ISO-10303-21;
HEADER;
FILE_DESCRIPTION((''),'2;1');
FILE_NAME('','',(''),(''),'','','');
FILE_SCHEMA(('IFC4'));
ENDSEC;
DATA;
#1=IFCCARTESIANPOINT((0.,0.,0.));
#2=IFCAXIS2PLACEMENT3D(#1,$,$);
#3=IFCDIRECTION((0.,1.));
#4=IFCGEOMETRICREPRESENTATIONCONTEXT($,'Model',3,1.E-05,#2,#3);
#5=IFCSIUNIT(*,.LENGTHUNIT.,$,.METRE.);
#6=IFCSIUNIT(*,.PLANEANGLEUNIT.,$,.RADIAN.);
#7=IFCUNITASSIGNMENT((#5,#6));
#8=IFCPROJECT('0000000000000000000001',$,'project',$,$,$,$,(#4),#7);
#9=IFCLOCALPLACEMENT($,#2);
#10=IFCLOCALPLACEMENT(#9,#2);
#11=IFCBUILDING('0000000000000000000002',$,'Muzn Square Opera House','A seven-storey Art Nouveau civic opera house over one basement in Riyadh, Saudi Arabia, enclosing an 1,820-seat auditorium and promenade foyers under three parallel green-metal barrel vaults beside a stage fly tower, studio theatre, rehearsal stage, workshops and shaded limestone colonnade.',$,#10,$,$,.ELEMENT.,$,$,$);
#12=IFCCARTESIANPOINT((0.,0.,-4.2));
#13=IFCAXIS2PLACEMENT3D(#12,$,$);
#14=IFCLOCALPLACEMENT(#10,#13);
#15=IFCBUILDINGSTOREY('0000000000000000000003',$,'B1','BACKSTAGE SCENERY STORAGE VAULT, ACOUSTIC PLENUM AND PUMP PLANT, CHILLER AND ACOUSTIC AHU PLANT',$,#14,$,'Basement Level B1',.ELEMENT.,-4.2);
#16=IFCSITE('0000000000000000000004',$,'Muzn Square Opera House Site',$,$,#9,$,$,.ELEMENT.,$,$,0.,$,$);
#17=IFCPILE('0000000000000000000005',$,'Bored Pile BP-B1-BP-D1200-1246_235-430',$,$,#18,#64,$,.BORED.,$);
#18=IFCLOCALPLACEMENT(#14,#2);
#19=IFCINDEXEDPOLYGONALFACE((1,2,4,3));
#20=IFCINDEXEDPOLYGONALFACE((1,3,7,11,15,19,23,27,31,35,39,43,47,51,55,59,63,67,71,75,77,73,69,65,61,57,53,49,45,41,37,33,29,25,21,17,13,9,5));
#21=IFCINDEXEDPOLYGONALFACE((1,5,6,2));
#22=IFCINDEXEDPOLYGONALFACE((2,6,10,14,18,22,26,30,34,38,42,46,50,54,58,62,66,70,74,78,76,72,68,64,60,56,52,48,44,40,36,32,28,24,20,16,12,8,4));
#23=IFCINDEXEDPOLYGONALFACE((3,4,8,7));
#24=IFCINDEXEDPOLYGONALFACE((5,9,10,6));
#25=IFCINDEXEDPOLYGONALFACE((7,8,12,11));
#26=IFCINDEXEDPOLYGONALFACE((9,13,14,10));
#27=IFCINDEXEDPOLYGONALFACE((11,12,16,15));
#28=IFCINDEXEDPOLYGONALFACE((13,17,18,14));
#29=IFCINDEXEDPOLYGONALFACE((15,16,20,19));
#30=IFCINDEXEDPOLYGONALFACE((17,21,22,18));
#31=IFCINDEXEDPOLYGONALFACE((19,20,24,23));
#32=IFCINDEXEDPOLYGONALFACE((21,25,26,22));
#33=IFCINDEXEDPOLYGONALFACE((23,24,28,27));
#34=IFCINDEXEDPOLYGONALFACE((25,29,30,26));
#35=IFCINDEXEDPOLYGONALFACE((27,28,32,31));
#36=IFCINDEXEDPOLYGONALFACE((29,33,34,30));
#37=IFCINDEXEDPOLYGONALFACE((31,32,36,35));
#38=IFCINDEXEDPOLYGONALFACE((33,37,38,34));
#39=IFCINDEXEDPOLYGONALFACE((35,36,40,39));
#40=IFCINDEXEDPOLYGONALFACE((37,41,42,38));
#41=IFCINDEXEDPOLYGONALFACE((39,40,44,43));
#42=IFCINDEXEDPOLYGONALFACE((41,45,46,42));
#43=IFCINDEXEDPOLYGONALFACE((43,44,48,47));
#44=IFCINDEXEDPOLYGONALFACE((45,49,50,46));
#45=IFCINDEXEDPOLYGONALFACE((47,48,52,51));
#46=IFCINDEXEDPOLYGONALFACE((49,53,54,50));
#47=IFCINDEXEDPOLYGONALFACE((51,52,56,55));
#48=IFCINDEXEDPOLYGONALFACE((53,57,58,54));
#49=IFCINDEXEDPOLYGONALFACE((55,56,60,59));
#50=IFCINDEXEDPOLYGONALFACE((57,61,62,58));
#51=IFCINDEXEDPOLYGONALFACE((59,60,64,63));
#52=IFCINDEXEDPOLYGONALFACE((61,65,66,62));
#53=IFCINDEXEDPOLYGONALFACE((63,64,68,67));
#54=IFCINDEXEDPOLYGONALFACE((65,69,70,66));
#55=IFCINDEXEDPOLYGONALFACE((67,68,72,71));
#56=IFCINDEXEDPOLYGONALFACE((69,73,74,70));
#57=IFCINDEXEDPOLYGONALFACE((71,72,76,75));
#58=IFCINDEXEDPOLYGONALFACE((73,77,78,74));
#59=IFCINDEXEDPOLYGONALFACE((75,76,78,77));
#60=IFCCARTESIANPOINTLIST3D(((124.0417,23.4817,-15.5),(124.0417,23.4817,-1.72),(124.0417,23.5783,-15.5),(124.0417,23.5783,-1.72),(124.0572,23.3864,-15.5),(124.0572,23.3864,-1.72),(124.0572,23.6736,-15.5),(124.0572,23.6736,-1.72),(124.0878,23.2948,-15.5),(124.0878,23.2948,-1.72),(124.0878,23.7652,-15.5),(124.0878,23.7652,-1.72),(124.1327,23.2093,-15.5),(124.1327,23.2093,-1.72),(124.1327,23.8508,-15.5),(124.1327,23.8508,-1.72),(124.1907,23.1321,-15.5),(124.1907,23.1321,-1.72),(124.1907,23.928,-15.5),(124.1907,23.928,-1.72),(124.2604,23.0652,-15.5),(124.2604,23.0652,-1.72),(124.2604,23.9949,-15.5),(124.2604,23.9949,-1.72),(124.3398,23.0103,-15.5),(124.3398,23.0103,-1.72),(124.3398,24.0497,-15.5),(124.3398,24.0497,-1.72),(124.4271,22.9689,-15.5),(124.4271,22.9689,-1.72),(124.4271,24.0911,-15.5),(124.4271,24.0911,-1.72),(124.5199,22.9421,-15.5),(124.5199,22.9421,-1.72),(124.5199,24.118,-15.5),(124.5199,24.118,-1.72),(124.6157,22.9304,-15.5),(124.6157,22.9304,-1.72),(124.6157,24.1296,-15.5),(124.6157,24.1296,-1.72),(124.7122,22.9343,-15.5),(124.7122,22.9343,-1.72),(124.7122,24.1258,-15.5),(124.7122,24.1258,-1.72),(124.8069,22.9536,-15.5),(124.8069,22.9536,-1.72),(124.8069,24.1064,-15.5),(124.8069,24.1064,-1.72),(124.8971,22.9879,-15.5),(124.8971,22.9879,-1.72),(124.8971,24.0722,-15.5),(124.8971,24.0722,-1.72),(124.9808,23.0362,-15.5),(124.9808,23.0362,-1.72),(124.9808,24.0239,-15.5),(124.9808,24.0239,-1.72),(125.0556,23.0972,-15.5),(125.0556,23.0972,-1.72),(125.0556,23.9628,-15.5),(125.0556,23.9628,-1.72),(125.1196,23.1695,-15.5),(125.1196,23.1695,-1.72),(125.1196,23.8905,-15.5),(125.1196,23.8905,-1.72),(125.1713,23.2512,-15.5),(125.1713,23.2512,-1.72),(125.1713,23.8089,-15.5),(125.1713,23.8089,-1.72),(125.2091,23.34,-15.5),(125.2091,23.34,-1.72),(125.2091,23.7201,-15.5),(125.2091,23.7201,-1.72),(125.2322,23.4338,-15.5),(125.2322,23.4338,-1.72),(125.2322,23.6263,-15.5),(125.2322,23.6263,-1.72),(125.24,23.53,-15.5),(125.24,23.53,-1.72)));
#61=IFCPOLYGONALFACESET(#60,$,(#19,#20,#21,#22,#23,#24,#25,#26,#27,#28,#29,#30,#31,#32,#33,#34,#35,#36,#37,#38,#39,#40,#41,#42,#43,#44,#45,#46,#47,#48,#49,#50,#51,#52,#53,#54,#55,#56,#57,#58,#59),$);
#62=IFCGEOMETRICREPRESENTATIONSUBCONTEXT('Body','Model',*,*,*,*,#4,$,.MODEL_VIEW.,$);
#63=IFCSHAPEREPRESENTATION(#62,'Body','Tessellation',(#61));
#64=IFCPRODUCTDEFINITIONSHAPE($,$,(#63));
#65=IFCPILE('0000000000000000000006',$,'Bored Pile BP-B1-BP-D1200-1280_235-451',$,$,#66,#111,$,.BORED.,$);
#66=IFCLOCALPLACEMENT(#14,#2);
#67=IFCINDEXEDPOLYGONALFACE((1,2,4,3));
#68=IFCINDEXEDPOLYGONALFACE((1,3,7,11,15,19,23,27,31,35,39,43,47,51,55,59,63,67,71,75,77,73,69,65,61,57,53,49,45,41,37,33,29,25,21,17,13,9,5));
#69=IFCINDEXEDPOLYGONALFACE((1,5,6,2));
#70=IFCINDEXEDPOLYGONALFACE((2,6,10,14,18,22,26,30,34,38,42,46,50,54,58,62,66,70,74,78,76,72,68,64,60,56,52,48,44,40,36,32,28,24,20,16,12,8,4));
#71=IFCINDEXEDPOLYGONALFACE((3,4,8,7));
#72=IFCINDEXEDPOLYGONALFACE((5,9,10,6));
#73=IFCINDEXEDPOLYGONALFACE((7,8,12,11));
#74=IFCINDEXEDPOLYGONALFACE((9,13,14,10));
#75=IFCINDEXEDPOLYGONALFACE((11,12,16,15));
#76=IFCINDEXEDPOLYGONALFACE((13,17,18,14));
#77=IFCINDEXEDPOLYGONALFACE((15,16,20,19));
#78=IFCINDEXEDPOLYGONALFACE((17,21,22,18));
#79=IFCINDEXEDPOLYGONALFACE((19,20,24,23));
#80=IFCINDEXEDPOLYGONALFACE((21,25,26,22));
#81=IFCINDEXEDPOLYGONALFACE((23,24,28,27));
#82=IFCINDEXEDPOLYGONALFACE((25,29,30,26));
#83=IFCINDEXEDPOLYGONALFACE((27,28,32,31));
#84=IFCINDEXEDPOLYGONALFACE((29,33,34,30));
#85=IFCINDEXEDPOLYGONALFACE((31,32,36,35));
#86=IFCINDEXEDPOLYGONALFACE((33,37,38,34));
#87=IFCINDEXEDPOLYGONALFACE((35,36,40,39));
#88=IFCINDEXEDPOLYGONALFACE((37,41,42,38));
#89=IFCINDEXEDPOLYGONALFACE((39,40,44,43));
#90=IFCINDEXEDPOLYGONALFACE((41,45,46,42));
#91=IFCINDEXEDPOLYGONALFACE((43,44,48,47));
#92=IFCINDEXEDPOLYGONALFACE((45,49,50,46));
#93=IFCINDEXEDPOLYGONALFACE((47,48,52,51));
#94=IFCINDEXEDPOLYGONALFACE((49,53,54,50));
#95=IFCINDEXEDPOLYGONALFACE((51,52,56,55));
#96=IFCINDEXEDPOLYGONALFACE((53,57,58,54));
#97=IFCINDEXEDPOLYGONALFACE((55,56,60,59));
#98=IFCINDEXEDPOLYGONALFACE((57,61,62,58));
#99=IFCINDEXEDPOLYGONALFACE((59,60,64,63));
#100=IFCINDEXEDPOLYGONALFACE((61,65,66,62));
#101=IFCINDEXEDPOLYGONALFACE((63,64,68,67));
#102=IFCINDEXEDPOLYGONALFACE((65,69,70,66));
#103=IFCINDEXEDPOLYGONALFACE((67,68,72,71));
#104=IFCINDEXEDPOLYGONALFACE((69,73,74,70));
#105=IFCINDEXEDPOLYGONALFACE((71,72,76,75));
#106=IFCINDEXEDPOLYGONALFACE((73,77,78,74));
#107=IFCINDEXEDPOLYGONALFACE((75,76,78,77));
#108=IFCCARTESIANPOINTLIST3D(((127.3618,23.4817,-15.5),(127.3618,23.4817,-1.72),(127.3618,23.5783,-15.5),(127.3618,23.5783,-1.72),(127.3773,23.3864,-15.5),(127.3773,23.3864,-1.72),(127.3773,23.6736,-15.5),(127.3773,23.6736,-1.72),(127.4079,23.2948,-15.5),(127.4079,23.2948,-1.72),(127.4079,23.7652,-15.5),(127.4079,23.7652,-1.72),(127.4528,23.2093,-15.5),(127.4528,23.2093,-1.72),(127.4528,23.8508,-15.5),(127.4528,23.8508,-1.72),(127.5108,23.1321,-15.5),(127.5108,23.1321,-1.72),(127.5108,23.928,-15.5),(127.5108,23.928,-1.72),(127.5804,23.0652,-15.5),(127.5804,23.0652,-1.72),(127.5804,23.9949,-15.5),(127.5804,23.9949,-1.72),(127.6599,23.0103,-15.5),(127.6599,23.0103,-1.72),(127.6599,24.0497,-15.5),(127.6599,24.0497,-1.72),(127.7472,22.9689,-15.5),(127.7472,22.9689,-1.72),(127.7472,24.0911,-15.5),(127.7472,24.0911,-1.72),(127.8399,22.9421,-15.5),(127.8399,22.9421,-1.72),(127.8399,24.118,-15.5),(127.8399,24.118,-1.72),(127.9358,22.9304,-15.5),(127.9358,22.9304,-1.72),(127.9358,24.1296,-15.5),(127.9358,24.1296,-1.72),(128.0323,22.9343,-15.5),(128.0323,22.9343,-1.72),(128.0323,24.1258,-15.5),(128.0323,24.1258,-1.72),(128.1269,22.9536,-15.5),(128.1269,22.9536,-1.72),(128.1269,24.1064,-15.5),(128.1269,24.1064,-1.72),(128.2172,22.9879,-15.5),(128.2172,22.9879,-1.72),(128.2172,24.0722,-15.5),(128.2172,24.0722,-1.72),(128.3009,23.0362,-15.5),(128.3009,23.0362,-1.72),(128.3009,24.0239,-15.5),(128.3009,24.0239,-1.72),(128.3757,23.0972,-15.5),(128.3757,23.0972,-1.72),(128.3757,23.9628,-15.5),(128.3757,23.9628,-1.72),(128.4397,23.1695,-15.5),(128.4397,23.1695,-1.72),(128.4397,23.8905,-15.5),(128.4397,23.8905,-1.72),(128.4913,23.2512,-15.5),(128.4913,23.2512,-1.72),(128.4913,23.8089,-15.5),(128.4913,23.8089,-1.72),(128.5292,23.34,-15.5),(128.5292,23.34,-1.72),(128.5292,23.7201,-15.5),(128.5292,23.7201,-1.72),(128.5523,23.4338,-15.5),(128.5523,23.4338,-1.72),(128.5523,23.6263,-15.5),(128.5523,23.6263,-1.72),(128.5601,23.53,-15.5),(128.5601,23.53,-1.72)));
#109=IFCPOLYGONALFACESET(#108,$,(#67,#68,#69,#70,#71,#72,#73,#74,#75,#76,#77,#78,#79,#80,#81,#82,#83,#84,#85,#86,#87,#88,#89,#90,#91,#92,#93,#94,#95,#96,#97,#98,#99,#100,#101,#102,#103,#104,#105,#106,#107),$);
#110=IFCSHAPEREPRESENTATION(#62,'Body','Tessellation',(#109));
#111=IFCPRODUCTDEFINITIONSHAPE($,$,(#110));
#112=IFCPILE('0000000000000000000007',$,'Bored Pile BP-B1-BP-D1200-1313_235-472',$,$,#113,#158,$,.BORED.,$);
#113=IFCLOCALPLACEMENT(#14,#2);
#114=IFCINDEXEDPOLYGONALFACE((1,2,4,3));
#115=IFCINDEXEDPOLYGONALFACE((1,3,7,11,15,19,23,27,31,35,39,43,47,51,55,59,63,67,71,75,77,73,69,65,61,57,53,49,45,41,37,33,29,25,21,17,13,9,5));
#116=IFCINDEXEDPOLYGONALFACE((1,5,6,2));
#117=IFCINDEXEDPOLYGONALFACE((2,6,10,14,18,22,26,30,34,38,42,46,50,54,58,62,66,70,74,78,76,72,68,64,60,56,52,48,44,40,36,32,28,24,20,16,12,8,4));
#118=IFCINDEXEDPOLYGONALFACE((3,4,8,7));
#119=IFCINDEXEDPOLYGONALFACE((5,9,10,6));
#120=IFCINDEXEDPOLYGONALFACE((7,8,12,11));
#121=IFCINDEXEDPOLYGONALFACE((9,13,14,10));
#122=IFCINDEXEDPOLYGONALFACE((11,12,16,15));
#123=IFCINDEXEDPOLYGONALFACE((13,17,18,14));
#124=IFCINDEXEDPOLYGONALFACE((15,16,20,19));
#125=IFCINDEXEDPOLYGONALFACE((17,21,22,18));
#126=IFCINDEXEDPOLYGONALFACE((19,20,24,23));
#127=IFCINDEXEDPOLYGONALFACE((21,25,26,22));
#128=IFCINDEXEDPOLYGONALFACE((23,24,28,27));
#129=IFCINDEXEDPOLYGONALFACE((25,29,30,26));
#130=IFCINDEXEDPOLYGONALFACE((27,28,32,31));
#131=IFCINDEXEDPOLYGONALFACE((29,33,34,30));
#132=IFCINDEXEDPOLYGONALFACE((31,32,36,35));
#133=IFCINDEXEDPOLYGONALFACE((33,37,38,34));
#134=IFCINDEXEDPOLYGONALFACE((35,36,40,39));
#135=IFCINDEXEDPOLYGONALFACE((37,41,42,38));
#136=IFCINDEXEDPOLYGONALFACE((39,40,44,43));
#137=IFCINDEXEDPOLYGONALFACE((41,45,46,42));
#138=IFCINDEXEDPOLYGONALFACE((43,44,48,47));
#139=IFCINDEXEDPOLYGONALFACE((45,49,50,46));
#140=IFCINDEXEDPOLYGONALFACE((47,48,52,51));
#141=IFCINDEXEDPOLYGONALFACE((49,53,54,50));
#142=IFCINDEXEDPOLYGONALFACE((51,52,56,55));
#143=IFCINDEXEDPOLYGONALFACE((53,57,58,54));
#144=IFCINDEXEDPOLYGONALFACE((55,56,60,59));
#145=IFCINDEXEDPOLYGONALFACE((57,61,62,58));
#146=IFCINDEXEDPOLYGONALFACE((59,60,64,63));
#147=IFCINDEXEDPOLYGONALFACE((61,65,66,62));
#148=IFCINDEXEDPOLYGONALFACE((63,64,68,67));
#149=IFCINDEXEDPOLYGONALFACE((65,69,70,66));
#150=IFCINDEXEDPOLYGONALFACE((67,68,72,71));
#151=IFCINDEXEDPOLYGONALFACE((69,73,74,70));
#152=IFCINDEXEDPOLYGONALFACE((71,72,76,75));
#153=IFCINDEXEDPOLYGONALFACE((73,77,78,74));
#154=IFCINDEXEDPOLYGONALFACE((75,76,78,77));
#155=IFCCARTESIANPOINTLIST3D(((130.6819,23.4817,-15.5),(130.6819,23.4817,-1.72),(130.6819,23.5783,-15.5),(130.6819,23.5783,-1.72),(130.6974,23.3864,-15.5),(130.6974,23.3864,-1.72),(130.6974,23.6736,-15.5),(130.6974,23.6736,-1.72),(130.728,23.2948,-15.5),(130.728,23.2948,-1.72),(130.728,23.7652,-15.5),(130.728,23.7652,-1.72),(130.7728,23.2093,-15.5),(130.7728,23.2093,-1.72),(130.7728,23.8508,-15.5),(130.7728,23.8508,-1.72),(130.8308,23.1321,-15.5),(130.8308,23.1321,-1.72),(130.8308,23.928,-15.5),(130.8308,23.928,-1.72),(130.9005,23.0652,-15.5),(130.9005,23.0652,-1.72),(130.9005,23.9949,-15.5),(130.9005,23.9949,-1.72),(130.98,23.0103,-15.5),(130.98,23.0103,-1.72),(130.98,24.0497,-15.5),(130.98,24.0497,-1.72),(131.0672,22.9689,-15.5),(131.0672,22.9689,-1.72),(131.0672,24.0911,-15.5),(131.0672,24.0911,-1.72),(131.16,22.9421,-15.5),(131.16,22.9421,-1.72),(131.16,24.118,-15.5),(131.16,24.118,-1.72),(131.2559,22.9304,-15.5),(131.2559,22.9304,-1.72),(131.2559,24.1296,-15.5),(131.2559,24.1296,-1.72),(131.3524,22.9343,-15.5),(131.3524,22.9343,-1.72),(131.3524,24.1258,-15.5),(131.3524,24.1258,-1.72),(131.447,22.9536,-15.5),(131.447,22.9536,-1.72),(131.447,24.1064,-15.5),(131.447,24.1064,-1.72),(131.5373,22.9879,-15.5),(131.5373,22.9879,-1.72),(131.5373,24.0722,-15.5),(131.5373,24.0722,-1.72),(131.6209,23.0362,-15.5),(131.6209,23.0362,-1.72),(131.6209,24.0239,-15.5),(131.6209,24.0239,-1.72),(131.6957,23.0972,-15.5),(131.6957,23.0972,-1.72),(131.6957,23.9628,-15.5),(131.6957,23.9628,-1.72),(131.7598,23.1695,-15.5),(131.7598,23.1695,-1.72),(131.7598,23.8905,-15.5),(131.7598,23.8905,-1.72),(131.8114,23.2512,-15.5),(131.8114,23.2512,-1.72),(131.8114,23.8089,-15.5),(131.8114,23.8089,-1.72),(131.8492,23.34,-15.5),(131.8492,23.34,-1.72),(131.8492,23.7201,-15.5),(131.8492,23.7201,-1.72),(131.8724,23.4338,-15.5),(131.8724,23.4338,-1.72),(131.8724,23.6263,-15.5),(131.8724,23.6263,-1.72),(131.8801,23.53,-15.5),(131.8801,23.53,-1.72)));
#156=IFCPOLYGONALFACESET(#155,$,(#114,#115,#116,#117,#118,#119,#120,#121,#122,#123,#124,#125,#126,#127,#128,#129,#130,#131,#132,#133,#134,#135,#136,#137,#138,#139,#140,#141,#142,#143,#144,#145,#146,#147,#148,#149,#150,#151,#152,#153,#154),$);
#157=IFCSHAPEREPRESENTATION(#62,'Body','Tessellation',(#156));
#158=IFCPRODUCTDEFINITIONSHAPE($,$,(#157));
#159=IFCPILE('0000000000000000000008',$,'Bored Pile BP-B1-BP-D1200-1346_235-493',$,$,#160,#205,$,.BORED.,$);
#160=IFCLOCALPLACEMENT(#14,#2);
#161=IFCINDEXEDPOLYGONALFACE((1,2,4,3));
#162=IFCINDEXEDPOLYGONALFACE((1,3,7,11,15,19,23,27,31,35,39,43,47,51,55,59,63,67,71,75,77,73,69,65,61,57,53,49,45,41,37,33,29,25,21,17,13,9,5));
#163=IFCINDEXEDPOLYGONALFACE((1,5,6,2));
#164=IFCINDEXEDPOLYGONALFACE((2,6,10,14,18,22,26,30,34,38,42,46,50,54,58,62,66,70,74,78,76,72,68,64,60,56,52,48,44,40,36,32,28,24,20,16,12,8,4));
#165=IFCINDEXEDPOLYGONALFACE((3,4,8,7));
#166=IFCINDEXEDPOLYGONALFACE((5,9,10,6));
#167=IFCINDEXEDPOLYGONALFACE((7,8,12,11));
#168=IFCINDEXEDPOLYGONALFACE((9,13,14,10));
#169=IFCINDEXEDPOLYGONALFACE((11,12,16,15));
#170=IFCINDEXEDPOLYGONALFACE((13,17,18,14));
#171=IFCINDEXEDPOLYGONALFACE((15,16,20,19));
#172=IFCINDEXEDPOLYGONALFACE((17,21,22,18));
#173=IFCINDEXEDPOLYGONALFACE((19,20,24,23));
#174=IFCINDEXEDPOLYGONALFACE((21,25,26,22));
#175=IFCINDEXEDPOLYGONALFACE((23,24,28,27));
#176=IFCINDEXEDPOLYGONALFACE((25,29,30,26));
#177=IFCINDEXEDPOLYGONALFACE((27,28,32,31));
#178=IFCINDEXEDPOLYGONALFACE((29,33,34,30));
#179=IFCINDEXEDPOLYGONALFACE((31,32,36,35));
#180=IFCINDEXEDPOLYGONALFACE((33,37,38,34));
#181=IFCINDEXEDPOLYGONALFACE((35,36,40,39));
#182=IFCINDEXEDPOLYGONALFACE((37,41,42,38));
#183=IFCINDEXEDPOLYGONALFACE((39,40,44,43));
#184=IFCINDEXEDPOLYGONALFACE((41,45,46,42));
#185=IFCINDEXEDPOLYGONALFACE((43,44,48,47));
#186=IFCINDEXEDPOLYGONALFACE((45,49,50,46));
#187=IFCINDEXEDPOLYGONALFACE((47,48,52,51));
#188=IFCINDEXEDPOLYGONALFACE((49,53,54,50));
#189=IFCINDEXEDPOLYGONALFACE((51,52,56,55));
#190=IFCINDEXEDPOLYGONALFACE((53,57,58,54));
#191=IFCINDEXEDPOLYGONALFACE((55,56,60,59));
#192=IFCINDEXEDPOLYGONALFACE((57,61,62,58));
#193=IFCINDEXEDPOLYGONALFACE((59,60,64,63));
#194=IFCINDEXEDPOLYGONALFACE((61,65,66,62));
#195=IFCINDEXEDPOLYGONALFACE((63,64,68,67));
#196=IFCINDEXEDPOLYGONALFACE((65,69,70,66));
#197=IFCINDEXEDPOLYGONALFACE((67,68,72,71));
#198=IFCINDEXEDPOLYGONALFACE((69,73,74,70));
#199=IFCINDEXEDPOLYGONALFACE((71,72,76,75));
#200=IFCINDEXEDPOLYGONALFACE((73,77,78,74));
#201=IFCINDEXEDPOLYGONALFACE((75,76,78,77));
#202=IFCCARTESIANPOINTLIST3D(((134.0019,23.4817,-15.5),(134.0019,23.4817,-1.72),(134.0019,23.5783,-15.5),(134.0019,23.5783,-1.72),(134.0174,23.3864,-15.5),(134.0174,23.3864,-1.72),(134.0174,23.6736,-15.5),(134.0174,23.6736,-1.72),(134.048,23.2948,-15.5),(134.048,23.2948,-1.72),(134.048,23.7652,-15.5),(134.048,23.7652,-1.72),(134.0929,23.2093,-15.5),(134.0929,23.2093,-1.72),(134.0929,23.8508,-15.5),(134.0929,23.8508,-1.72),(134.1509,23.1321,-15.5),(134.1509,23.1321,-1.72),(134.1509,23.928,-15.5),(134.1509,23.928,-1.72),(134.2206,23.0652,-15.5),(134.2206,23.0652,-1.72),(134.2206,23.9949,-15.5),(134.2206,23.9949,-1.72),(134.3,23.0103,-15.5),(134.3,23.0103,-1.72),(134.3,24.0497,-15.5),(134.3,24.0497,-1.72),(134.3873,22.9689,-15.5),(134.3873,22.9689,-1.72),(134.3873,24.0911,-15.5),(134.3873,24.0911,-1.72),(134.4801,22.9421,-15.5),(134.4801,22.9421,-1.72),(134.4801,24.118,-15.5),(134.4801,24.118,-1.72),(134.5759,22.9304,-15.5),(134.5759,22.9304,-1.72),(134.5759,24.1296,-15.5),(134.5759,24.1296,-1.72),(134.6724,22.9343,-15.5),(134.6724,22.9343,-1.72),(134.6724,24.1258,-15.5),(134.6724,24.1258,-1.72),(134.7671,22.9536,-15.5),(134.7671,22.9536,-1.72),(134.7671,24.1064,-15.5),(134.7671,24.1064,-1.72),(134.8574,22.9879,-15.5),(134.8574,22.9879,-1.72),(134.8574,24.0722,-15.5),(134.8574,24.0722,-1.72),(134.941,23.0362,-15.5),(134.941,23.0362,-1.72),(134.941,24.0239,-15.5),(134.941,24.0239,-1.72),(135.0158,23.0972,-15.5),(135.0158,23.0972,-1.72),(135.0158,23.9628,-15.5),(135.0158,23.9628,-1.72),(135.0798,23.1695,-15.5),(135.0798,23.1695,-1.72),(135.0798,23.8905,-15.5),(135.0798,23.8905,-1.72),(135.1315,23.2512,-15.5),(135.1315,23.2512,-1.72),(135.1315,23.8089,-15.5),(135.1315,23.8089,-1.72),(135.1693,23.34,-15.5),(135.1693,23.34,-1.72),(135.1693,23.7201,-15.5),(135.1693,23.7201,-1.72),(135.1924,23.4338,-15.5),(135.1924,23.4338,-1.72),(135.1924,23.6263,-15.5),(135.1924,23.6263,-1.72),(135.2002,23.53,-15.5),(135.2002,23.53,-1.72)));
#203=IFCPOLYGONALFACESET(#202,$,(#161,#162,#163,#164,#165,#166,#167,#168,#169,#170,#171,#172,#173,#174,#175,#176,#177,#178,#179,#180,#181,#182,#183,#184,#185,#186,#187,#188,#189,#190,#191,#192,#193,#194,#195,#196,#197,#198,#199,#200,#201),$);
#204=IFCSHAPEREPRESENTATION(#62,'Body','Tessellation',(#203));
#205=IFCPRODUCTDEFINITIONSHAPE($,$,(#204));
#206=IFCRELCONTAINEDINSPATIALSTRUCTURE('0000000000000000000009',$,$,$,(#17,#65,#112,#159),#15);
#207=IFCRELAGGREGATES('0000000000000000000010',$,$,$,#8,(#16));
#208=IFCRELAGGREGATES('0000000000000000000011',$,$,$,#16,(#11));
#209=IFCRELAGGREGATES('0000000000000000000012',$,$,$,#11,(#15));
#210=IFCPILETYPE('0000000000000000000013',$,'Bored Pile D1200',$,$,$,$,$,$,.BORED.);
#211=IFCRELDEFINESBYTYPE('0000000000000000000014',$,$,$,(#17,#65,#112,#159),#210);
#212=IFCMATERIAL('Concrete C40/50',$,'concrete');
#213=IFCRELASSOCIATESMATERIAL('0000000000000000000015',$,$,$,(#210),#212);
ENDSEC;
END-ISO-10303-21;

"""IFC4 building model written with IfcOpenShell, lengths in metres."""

from ifc_helpers import new_model, si_unit, direction, frame, origin, origin_2d, place, context, subcontext, project, spatial, circle, extrude, material, material_profile, profile_set, type_object, element, save


model = new_model("IFC4")

# Units and contexts
model_context = context("Model", 3, precision=1e-05, world=origin(), true_north=direction((0.0, 1.0)))
body_context = subcontext(model_context, "Body", "Model", "MODEL_VIEW")
ifc_project = project(units=[si_unit("LENGTHUNIT", "METRE"), si_unit("PLANEANGLEUNIT", "RADIAN")], contexts=[model_context])

# Site, building, storey
site_placement = place(None, origin())
site = spatial("IfcSite", under=ifc_project, at=site_placement, Name="Muzn Square Opera House Site", CompositionType="ELEMENT", RefElevation=0.0)
building_placement = place(site_placement, origin())
building = spatial("IfcBuilding", under=site, at=building_placement, Name="Muzn Square Opera House", Description="A seven-storey Art Nouveau civic opera house over one basement in Riyadh, Saudi Arabia, enclosing an 1,820-seat auditorium and promenade foyers under three parallel green-metal barrel vaults beside a stage fly tower, studio theatre, rehearsal stage, workshops and shaded limestone colonnade.", CompositionType="ELEMENT")
storey_placement = place(building_placement, frame((0.0, 0.0, -4.2)))
storey = spatial("IfcBuildingStorey", under=building, at=storey_placement, Name="B1", Description="BACKSTAGE SCENERY STORAGE VAULT, ACOUSTIC PLENUM AND PUMP PLANT, CHILLER AND ACOUSTIC AHU PLANT", LongName="Basement Level B1", CompositionType="ELEMENT", Elevation=-4.2)

# Piles
ifc_material_1 = material(Name="Concrete C40/50", Category="concrete")
ifc_material_profile_1 = material_profile(ifc_material_1, circle(Radius=0.6001, at=origin_2d()), Name="BORED PILE D1200", Category="concrete")
ifc_profile_set_1 = profile_set([ifc_material_profile_1], Name="Concrete C40/50")
pile_type = type_object("IfcPileType", Name="Bored Pile D1200", PredefinedType="BORED", material=ifc_profile_set_1)
for number, where, z_axis, x_axis, name in (
    (1, (124.6399, 23.53, -1.72), (0.0, 0.0, -1.0), (1.0, 0.0, 0.0), "Bored Pile BP-B1-BP-D1200-1246_235-430"),
    (2, (127.96, 23.53, -1.72), (0.0, 0.0, -1.0), (1.0, 0.0, 0.0), "Bored Pile BP-B1-BP-D1200-1280_235-451"),
    (3, (131.28, 23.53, -1.72), (0.0, 0.0, -1.0), (1.0, 0.0, 0.0), "Bored Pile BP-B1-BP-D1200-1313_235-472"),
    (4, (134.6001, 23.53, -1.72), (0.0, 0.0, -1.0), (1.0, 0.0, 0.0), "Bored Pile BP-B1-BP-D1200-1346_235-493"),
):
    element("IfcPile", number, at=place(storey_placement, frame(where, z_axis=z_axis, x_axis=x_axis)), inside=storey, type_object=pile_type, Name=name, PredefinedType="BORED", context=body_context, shape_type="SweptSolid", body=[
        extrude(circle(Radius=0.6001, at=origin_2d()), origin(), (0.0, 0.0, 1.0), 13.78),
    ])

save(model, "model.ifc")
